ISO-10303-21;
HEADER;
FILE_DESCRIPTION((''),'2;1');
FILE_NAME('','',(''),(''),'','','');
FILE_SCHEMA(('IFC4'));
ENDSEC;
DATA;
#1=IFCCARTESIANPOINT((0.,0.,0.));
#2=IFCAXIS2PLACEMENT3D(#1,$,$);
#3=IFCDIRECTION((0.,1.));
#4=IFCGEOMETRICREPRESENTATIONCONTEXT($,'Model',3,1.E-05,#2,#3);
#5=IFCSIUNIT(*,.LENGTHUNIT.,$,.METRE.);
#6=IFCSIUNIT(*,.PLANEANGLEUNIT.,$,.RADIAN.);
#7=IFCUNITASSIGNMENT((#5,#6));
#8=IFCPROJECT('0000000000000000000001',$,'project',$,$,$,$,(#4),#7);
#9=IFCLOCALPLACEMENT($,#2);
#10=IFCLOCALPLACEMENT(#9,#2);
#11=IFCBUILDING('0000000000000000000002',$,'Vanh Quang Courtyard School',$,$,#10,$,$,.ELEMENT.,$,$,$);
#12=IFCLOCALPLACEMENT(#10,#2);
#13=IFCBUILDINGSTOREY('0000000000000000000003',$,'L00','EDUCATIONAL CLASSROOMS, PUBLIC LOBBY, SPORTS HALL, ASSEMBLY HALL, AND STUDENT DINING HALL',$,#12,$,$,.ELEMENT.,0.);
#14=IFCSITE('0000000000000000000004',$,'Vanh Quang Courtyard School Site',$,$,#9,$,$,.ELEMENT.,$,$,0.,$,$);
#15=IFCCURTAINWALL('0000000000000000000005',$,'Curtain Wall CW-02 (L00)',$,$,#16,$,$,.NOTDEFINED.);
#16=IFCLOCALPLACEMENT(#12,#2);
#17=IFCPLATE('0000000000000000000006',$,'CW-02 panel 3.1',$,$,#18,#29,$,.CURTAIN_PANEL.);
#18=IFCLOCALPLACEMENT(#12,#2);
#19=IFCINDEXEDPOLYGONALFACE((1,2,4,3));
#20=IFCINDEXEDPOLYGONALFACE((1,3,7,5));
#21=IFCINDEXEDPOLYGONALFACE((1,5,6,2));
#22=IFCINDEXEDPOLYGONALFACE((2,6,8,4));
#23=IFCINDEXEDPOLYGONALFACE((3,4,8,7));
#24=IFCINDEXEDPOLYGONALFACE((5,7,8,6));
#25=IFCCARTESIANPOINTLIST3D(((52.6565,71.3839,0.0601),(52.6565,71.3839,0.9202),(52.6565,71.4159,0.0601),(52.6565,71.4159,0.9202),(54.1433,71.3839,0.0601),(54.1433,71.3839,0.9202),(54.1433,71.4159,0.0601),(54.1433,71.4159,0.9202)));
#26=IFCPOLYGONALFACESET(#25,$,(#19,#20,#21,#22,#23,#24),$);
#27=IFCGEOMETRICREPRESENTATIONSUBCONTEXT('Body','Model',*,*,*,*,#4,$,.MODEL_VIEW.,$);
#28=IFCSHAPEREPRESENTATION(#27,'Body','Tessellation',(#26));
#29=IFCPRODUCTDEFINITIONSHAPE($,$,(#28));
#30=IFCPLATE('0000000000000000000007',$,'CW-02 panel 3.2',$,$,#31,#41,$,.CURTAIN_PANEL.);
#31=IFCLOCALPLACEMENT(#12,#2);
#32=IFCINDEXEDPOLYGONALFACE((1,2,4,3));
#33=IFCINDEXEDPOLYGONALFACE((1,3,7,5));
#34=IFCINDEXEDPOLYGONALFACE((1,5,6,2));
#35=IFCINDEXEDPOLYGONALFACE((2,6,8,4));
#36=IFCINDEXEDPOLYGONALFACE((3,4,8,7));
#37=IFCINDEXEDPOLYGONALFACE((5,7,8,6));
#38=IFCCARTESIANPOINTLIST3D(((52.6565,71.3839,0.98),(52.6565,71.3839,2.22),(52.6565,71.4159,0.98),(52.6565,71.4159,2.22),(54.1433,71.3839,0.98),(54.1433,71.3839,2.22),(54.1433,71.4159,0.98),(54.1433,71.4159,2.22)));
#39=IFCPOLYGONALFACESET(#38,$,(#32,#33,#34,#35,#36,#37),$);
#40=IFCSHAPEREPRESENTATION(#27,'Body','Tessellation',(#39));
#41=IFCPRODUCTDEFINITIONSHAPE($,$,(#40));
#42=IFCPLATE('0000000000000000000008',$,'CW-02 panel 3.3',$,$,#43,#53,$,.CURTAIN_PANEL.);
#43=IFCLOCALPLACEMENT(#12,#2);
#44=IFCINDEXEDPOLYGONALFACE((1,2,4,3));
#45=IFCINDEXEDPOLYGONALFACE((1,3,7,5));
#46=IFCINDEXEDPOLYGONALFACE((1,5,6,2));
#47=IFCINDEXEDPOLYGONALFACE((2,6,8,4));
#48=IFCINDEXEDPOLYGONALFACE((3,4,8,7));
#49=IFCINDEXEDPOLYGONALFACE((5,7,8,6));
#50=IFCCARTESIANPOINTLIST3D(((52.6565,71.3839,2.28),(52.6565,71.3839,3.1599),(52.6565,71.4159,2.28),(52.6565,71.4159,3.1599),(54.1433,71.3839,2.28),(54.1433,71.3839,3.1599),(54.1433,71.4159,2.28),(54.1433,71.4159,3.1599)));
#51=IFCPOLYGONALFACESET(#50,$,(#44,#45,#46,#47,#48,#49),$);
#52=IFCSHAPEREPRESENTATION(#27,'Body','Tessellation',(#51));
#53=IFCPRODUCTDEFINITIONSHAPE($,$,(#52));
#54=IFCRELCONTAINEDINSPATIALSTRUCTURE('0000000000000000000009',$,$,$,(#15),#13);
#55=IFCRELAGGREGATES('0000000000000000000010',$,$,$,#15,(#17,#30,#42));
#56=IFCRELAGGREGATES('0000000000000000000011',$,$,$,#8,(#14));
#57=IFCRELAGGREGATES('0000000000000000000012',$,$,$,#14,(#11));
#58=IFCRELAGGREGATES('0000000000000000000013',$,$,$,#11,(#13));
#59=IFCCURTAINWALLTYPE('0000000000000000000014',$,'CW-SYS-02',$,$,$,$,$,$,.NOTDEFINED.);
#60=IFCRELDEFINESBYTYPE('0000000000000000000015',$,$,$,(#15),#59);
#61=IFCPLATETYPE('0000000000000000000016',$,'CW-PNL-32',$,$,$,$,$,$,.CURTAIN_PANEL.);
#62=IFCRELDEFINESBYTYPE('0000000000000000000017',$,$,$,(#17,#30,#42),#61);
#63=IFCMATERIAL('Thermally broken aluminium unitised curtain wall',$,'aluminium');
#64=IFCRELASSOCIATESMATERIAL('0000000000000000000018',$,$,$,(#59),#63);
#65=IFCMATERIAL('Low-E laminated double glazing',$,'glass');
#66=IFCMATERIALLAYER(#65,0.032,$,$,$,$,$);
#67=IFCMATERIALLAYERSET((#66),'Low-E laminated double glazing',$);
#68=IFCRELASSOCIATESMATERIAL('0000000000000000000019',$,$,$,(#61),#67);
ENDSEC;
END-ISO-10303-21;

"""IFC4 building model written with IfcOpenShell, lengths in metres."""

from ifc_helpers import new_model, si_unit, direction, frame, origin, origin_2d, place, context, subcontext, project, spatial, rectangle, extrude, material, layer, layer_set, type_object, element, aggregate, save


model = new_model("IFC4")

# Units and contexts
model_context = context("Model", 3, precision=1e-05, world=origin(), true_north=direction((0.0, 1.0)))
body_context = subcontext(model_context, "Body", "Model", "MODEL_VIEW")
ifc_project = project(units=[si_unit("LENGTHUNIT", "METRE"), si_unit("PLANEANGLEUNIT", "RADIAN")], contexts=[model_context])

# Site, building, storey
site_placement = place(None, origin())
site = spatial("IfcSite", under=ifc_project, at=site_placement, Name="Vanh Quang Courtyard School Site", CompositionType="ELEMENT", RefElevation=0.0)
building_placement = place(site_placement, origin())
building = spatial("IfcBuilding", under=site, at=building_placement, Name="Vanh Quang Courtyard School", CompositionType="ELEMENT")
storey_placement = place(building_placement, origin())
storey = spatial("IfcBuildingStorey", under=building, at=storey_placement, Name="L00", Description="EDUCATIONAL CLASSROOMS, PUBLIC LOBBY, SPORTS HALL, ASSEMBLY HALL, AND STUDENT DINING HALL", CompositionType="ELEMENT", Elevation=0.0)

# Curtain wall, plates
ifc_material_1 = material(Name="Thermally broken aluminium unitised curtain wall", Category="aluminium")
curtain_wall_type = type_object("IfcCurtainWallType", Name="CW-SYS-02", PredefinedType="NOTDEFINED", material=ifc_material_1)
curtain_wall_placement = place(storey_placement, origin())
curtain_wall = element("IfcCurtainWall", 1, at=curtain_wall_placement, inside=storey, type_object=curtain_wall_type, Name="Curtain Wall CW-02 (L00)", PredefinedType="NOTDEFINED")
ifc_material_2 = material(Name="Low-E laminated double glazing", Category="glass")
ifc_layer = layer(ifc_material_2, 0.032)
ifc_layer_set = layer_set([ifc_layer], Name="Low-E laminated double glazing")
plate_type = type_object("IfcPlateType", Name="CW-PNL-32", PredefinedType="CURTAIN_PANEL", material=ifc_layer_set)
plate_1_placement = place(storey_placement, frame((53.3999, 71.3999, 0.0601), z_axis=(0.0, 0.0, 1.0), x_axis=(-1.0, 0.0, 0.0)))
plate_1 = element("IfcPlate", 2, at=plate_1_placement, type_object=plate_type, Name="CW-02 panel 3.1", PredefinedType="CURTAIN_PANEL", context=body_context, shape_type="SweptSolid", body=[
    extrude(rectangle(XDim=1.4868, YDim=0.032, at=origin_2d()), origin(), (0.0, 0.0, 1.0), 0.8601),
])
plate_2_placement = place(storey_placement, frame((53.3999, 71.3999, 0.98), z_axis=(0.0, 0.0, 1.0), x_axis=(-1.0, 0.0, 0.0)))
plate_2 = element("IfcPlate", 3, at=plate_2_placement, type_object=plate_type, Name="CW-02 panel 3.2", PredefinedType="CURTAIN_PANEL", context=body_context, shape_type="SweptSolid", body=[
    extrude(rectangle(XDim=1.4868, YDim=0.032, at=origin_2d()), origin(), (0.0, 0.0, 1.0), 1.24),
])
plate_3_placement = place(storey_placement, frame((53.3999, 71.3999, 2.28), z_axis=(0.0, 0.0, 1.0), x_axis=(-1.0, 0.0, 0.0)))
plate_3 = element("IfcPlate", 4, at=plate_3_placement, type_object=plate_type, Name="CW-02 panel 3.3", PredefinedType="CURTAIN_PANEL", context=body_context, shape_type="SweptSolid", body=[
    extrude(rectangle(XDim=1.4868, YDim=0.032, at=origin_2d()), origin(), (0.0, 0.0, 1.0), 0.8799),
])
aggregate(curtain_wall, [plate_1, plate_2, plate_3])

save(model, "model.ifc")
